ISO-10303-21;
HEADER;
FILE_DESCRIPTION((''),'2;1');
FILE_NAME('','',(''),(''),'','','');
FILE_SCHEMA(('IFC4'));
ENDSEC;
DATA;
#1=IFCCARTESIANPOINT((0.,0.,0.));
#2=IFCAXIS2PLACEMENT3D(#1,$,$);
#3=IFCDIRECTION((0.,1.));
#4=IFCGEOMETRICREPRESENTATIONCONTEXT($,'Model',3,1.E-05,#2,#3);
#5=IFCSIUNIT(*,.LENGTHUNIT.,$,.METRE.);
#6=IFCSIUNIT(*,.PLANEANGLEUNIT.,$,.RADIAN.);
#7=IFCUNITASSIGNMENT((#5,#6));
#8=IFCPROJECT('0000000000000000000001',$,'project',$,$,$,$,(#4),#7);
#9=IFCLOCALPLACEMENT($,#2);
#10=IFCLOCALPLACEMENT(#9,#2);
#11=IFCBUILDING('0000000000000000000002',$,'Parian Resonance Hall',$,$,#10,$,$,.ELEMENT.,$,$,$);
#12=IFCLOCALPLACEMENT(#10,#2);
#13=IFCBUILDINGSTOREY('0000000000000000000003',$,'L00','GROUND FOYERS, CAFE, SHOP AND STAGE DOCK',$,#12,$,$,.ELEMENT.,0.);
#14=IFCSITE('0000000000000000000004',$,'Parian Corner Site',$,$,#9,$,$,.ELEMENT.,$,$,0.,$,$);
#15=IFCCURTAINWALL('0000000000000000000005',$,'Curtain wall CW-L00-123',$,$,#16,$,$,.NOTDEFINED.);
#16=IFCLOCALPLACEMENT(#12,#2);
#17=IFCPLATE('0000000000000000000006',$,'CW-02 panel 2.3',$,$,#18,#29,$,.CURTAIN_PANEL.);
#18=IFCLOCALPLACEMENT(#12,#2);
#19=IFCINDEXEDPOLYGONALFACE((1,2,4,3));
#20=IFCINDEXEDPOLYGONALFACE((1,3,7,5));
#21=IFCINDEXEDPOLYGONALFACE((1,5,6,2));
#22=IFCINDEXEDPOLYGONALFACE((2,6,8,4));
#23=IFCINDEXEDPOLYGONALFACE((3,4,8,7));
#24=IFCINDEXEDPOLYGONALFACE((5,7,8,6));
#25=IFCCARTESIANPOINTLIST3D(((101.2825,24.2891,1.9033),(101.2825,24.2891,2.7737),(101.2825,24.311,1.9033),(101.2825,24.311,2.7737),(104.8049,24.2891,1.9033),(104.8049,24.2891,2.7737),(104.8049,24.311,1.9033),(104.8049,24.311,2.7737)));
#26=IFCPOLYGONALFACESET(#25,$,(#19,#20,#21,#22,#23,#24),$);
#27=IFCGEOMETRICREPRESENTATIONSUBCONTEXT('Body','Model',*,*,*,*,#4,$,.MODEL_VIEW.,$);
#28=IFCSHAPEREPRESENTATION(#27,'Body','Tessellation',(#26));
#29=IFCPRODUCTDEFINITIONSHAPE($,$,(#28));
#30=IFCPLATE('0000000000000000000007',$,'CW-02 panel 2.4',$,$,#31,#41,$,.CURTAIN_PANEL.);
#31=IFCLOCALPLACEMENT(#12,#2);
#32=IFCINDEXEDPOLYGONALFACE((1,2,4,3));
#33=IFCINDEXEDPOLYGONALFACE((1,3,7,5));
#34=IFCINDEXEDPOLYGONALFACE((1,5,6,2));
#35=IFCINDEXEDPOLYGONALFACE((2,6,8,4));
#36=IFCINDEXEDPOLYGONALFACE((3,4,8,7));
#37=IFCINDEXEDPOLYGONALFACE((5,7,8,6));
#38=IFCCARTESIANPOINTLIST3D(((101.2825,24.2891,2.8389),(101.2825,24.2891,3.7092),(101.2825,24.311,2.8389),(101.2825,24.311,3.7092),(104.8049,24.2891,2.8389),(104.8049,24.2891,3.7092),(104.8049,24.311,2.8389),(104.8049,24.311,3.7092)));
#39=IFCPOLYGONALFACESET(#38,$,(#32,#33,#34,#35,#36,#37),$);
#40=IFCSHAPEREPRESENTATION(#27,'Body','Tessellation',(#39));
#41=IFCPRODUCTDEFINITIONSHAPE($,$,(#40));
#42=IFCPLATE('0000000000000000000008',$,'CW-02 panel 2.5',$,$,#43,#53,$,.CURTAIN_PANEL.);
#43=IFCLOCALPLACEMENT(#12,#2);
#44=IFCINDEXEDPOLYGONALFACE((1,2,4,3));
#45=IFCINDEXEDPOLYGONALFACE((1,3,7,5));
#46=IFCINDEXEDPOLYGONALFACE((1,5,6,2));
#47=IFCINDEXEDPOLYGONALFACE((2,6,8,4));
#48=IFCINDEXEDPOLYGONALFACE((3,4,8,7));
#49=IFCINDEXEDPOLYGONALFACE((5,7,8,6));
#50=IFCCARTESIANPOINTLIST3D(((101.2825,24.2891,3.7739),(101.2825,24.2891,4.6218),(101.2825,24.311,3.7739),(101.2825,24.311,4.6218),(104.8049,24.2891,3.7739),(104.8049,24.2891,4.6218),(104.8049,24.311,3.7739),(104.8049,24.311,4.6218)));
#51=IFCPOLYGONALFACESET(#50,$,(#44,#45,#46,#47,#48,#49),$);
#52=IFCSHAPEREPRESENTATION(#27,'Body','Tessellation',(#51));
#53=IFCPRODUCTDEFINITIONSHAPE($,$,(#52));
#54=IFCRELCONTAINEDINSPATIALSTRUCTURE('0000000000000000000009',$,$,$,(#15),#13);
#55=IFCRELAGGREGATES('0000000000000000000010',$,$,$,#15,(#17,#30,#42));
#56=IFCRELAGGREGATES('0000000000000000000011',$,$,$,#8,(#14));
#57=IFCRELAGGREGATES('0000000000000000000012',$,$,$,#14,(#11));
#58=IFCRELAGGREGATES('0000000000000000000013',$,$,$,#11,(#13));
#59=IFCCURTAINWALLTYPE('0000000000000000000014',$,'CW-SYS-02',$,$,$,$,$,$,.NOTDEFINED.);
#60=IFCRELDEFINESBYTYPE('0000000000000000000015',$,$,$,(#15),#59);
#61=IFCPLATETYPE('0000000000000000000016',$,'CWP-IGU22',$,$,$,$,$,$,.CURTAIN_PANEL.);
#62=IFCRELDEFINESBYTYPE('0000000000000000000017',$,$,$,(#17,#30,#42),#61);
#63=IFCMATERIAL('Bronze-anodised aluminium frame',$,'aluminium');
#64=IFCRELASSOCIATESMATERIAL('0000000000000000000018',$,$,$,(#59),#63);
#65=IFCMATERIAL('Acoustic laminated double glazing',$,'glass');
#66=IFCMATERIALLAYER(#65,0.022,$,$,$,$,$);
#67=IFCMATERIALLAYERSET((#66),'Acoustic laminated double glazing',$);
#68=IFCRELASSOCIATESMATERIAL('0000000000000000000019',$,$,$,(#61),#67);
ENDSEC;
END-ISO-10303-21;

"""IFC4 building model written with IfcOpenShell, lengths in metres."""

from ifc_helpers import new_model, si_unit, direction, frame, origin, origin_2d, place, context, subcontext, project, spatial, rectangle, extrude, material, layer, layer_set, type_object, element, aggregate, save


model = new_model("IFC4")

# Units and contexts
model_context = context("Model", 3, precision=1e-05, world=origin(), true_north=direction((0.0, 1.0)))
body_context = subcontext(model_context, "Body", "Model", "MODEL_VIEW")
ifc_project = project(units=[si_unit("LENGTHUNIT", "METRE"), si_unit("PLANEANGLEUNIT", "RADIAN")], contexts=[model_context])

# Site, building, storey
site_placement = place(None, origin())
site = spatial("IfcSite", under=ifc_project, at=site_placement, Name="Parian Corner Site", CompositionType="ELEMENT", RefElevation=0.0)
building_placement = place(site_placement, origin())
building = spatial("IfcBuilding", under=site, at=building_placement, Name="Parian Resonance Hall", CompositionType="ELEMENT")
storey_placement = place(building_placement, origin())
storey = spatial("IfcBuildingStorey", under=building, at=storey_placement, Name="L00", Description="GROUND FOYERS, CAFE, SHOP AND STAGE DOCK", CompositionType="ELEMENT", Elevation=0.0)

# Curtain wall
ifc_material_1 = material(Name="Bronze-anodised aluminium frame", Category="aluminium")
curtain_wall_type_1 = type_object("IfcCurtainWallType", Name="CW-SYS-02", PredefinedType="NOTDEFINED", material=ifc_material_1)
curtain_wall_1_placement = place(storey_placement, origin())
curtain_wall_1 = element("IfcCurtainWall", 1, at=curtain_wall_1_placement, inside=storey, type_object=curtain_wall_type_1, Name="Curtain wall CW-L00-123", PredefinedType="NOTDEFINED")

# Plates
ifc_material_2 = material(Name="Acoustic laminated double glazing", Category="glass")
ifc_layer = layer(ifc_material_2, 0.022)
ifc_layer_set = layer_set([ifc_layer], Name="Acoustic laminated double glazing")
plate_type = type_object("IfcPlateType", Name="CWP-IGU22", PredefinedType="CURTAIN_PANEL", material=ifc_layer_set)
plate_1_placement = place(storey_placement, frame((103.0437, 24.3, 1.9033), z_axis=(0.0, 0.0, 1.0), x_axis=(1.0, 0.0, 0.0)))
plate_1 = element("IfcPlate", 2, at=plate_1_placement, type_object=plate_type, Name="CW-02 panel 2.3", PredefinedType="CURTAIN_PANEL", context=body_context, shape_type="SweptSolid", body=[
    extrude(rectangle(XDim=3.5225, YDim=0.022, at=origin_2d()), origin(), (0.0, 0.0, 1.0), 0.8704),
])
plate_2_placement = place(storey_placement, frame((103.0437, 24.3, 2.8389), z_axis=(0.0, 0.0, 1.0), x_axis=(1.0, 0.0, 0.0)))
plate_2 = element("IfcPlate", 3, at=plate_2_placement, type_object=plate_type, Name="CW-02 panel 2.4", PredefinedType="CURTAIN_PANEL", context=body_context, shape_type="SweptSolid", body=[
    extrude(rectangle(XDim=3.5225, YDim=0.022, at=origin_2d()), origin(), (0.0, 0.0, 1.0), 0.8704),
])
plate_3_placement = place(storey_placement, frame((103.0437, 24.3, 3.7739), z_axis=(0.0, 0.0, 1.0), x_axis=(1.0, 0.0, 0.0)))
plate_3 = element("IfcPlate", 4, at=plate_3_placement, type_object=plate_type, Name="CW-02 panel 2.5", PredefinedType="CURTAIN_PANEL", context=body_context, shape_type="SweptSolid", body=[
    extrude(rectangle(XDim=3.5225, YDim=0.022, at=origin_2d()), origin(), (0.0, 0.0, 1.0), 0.8479),
])
aggregate(curtain_wall_1, [plate_1, plate_2, plate_3])

save(model, "model.ifc")
